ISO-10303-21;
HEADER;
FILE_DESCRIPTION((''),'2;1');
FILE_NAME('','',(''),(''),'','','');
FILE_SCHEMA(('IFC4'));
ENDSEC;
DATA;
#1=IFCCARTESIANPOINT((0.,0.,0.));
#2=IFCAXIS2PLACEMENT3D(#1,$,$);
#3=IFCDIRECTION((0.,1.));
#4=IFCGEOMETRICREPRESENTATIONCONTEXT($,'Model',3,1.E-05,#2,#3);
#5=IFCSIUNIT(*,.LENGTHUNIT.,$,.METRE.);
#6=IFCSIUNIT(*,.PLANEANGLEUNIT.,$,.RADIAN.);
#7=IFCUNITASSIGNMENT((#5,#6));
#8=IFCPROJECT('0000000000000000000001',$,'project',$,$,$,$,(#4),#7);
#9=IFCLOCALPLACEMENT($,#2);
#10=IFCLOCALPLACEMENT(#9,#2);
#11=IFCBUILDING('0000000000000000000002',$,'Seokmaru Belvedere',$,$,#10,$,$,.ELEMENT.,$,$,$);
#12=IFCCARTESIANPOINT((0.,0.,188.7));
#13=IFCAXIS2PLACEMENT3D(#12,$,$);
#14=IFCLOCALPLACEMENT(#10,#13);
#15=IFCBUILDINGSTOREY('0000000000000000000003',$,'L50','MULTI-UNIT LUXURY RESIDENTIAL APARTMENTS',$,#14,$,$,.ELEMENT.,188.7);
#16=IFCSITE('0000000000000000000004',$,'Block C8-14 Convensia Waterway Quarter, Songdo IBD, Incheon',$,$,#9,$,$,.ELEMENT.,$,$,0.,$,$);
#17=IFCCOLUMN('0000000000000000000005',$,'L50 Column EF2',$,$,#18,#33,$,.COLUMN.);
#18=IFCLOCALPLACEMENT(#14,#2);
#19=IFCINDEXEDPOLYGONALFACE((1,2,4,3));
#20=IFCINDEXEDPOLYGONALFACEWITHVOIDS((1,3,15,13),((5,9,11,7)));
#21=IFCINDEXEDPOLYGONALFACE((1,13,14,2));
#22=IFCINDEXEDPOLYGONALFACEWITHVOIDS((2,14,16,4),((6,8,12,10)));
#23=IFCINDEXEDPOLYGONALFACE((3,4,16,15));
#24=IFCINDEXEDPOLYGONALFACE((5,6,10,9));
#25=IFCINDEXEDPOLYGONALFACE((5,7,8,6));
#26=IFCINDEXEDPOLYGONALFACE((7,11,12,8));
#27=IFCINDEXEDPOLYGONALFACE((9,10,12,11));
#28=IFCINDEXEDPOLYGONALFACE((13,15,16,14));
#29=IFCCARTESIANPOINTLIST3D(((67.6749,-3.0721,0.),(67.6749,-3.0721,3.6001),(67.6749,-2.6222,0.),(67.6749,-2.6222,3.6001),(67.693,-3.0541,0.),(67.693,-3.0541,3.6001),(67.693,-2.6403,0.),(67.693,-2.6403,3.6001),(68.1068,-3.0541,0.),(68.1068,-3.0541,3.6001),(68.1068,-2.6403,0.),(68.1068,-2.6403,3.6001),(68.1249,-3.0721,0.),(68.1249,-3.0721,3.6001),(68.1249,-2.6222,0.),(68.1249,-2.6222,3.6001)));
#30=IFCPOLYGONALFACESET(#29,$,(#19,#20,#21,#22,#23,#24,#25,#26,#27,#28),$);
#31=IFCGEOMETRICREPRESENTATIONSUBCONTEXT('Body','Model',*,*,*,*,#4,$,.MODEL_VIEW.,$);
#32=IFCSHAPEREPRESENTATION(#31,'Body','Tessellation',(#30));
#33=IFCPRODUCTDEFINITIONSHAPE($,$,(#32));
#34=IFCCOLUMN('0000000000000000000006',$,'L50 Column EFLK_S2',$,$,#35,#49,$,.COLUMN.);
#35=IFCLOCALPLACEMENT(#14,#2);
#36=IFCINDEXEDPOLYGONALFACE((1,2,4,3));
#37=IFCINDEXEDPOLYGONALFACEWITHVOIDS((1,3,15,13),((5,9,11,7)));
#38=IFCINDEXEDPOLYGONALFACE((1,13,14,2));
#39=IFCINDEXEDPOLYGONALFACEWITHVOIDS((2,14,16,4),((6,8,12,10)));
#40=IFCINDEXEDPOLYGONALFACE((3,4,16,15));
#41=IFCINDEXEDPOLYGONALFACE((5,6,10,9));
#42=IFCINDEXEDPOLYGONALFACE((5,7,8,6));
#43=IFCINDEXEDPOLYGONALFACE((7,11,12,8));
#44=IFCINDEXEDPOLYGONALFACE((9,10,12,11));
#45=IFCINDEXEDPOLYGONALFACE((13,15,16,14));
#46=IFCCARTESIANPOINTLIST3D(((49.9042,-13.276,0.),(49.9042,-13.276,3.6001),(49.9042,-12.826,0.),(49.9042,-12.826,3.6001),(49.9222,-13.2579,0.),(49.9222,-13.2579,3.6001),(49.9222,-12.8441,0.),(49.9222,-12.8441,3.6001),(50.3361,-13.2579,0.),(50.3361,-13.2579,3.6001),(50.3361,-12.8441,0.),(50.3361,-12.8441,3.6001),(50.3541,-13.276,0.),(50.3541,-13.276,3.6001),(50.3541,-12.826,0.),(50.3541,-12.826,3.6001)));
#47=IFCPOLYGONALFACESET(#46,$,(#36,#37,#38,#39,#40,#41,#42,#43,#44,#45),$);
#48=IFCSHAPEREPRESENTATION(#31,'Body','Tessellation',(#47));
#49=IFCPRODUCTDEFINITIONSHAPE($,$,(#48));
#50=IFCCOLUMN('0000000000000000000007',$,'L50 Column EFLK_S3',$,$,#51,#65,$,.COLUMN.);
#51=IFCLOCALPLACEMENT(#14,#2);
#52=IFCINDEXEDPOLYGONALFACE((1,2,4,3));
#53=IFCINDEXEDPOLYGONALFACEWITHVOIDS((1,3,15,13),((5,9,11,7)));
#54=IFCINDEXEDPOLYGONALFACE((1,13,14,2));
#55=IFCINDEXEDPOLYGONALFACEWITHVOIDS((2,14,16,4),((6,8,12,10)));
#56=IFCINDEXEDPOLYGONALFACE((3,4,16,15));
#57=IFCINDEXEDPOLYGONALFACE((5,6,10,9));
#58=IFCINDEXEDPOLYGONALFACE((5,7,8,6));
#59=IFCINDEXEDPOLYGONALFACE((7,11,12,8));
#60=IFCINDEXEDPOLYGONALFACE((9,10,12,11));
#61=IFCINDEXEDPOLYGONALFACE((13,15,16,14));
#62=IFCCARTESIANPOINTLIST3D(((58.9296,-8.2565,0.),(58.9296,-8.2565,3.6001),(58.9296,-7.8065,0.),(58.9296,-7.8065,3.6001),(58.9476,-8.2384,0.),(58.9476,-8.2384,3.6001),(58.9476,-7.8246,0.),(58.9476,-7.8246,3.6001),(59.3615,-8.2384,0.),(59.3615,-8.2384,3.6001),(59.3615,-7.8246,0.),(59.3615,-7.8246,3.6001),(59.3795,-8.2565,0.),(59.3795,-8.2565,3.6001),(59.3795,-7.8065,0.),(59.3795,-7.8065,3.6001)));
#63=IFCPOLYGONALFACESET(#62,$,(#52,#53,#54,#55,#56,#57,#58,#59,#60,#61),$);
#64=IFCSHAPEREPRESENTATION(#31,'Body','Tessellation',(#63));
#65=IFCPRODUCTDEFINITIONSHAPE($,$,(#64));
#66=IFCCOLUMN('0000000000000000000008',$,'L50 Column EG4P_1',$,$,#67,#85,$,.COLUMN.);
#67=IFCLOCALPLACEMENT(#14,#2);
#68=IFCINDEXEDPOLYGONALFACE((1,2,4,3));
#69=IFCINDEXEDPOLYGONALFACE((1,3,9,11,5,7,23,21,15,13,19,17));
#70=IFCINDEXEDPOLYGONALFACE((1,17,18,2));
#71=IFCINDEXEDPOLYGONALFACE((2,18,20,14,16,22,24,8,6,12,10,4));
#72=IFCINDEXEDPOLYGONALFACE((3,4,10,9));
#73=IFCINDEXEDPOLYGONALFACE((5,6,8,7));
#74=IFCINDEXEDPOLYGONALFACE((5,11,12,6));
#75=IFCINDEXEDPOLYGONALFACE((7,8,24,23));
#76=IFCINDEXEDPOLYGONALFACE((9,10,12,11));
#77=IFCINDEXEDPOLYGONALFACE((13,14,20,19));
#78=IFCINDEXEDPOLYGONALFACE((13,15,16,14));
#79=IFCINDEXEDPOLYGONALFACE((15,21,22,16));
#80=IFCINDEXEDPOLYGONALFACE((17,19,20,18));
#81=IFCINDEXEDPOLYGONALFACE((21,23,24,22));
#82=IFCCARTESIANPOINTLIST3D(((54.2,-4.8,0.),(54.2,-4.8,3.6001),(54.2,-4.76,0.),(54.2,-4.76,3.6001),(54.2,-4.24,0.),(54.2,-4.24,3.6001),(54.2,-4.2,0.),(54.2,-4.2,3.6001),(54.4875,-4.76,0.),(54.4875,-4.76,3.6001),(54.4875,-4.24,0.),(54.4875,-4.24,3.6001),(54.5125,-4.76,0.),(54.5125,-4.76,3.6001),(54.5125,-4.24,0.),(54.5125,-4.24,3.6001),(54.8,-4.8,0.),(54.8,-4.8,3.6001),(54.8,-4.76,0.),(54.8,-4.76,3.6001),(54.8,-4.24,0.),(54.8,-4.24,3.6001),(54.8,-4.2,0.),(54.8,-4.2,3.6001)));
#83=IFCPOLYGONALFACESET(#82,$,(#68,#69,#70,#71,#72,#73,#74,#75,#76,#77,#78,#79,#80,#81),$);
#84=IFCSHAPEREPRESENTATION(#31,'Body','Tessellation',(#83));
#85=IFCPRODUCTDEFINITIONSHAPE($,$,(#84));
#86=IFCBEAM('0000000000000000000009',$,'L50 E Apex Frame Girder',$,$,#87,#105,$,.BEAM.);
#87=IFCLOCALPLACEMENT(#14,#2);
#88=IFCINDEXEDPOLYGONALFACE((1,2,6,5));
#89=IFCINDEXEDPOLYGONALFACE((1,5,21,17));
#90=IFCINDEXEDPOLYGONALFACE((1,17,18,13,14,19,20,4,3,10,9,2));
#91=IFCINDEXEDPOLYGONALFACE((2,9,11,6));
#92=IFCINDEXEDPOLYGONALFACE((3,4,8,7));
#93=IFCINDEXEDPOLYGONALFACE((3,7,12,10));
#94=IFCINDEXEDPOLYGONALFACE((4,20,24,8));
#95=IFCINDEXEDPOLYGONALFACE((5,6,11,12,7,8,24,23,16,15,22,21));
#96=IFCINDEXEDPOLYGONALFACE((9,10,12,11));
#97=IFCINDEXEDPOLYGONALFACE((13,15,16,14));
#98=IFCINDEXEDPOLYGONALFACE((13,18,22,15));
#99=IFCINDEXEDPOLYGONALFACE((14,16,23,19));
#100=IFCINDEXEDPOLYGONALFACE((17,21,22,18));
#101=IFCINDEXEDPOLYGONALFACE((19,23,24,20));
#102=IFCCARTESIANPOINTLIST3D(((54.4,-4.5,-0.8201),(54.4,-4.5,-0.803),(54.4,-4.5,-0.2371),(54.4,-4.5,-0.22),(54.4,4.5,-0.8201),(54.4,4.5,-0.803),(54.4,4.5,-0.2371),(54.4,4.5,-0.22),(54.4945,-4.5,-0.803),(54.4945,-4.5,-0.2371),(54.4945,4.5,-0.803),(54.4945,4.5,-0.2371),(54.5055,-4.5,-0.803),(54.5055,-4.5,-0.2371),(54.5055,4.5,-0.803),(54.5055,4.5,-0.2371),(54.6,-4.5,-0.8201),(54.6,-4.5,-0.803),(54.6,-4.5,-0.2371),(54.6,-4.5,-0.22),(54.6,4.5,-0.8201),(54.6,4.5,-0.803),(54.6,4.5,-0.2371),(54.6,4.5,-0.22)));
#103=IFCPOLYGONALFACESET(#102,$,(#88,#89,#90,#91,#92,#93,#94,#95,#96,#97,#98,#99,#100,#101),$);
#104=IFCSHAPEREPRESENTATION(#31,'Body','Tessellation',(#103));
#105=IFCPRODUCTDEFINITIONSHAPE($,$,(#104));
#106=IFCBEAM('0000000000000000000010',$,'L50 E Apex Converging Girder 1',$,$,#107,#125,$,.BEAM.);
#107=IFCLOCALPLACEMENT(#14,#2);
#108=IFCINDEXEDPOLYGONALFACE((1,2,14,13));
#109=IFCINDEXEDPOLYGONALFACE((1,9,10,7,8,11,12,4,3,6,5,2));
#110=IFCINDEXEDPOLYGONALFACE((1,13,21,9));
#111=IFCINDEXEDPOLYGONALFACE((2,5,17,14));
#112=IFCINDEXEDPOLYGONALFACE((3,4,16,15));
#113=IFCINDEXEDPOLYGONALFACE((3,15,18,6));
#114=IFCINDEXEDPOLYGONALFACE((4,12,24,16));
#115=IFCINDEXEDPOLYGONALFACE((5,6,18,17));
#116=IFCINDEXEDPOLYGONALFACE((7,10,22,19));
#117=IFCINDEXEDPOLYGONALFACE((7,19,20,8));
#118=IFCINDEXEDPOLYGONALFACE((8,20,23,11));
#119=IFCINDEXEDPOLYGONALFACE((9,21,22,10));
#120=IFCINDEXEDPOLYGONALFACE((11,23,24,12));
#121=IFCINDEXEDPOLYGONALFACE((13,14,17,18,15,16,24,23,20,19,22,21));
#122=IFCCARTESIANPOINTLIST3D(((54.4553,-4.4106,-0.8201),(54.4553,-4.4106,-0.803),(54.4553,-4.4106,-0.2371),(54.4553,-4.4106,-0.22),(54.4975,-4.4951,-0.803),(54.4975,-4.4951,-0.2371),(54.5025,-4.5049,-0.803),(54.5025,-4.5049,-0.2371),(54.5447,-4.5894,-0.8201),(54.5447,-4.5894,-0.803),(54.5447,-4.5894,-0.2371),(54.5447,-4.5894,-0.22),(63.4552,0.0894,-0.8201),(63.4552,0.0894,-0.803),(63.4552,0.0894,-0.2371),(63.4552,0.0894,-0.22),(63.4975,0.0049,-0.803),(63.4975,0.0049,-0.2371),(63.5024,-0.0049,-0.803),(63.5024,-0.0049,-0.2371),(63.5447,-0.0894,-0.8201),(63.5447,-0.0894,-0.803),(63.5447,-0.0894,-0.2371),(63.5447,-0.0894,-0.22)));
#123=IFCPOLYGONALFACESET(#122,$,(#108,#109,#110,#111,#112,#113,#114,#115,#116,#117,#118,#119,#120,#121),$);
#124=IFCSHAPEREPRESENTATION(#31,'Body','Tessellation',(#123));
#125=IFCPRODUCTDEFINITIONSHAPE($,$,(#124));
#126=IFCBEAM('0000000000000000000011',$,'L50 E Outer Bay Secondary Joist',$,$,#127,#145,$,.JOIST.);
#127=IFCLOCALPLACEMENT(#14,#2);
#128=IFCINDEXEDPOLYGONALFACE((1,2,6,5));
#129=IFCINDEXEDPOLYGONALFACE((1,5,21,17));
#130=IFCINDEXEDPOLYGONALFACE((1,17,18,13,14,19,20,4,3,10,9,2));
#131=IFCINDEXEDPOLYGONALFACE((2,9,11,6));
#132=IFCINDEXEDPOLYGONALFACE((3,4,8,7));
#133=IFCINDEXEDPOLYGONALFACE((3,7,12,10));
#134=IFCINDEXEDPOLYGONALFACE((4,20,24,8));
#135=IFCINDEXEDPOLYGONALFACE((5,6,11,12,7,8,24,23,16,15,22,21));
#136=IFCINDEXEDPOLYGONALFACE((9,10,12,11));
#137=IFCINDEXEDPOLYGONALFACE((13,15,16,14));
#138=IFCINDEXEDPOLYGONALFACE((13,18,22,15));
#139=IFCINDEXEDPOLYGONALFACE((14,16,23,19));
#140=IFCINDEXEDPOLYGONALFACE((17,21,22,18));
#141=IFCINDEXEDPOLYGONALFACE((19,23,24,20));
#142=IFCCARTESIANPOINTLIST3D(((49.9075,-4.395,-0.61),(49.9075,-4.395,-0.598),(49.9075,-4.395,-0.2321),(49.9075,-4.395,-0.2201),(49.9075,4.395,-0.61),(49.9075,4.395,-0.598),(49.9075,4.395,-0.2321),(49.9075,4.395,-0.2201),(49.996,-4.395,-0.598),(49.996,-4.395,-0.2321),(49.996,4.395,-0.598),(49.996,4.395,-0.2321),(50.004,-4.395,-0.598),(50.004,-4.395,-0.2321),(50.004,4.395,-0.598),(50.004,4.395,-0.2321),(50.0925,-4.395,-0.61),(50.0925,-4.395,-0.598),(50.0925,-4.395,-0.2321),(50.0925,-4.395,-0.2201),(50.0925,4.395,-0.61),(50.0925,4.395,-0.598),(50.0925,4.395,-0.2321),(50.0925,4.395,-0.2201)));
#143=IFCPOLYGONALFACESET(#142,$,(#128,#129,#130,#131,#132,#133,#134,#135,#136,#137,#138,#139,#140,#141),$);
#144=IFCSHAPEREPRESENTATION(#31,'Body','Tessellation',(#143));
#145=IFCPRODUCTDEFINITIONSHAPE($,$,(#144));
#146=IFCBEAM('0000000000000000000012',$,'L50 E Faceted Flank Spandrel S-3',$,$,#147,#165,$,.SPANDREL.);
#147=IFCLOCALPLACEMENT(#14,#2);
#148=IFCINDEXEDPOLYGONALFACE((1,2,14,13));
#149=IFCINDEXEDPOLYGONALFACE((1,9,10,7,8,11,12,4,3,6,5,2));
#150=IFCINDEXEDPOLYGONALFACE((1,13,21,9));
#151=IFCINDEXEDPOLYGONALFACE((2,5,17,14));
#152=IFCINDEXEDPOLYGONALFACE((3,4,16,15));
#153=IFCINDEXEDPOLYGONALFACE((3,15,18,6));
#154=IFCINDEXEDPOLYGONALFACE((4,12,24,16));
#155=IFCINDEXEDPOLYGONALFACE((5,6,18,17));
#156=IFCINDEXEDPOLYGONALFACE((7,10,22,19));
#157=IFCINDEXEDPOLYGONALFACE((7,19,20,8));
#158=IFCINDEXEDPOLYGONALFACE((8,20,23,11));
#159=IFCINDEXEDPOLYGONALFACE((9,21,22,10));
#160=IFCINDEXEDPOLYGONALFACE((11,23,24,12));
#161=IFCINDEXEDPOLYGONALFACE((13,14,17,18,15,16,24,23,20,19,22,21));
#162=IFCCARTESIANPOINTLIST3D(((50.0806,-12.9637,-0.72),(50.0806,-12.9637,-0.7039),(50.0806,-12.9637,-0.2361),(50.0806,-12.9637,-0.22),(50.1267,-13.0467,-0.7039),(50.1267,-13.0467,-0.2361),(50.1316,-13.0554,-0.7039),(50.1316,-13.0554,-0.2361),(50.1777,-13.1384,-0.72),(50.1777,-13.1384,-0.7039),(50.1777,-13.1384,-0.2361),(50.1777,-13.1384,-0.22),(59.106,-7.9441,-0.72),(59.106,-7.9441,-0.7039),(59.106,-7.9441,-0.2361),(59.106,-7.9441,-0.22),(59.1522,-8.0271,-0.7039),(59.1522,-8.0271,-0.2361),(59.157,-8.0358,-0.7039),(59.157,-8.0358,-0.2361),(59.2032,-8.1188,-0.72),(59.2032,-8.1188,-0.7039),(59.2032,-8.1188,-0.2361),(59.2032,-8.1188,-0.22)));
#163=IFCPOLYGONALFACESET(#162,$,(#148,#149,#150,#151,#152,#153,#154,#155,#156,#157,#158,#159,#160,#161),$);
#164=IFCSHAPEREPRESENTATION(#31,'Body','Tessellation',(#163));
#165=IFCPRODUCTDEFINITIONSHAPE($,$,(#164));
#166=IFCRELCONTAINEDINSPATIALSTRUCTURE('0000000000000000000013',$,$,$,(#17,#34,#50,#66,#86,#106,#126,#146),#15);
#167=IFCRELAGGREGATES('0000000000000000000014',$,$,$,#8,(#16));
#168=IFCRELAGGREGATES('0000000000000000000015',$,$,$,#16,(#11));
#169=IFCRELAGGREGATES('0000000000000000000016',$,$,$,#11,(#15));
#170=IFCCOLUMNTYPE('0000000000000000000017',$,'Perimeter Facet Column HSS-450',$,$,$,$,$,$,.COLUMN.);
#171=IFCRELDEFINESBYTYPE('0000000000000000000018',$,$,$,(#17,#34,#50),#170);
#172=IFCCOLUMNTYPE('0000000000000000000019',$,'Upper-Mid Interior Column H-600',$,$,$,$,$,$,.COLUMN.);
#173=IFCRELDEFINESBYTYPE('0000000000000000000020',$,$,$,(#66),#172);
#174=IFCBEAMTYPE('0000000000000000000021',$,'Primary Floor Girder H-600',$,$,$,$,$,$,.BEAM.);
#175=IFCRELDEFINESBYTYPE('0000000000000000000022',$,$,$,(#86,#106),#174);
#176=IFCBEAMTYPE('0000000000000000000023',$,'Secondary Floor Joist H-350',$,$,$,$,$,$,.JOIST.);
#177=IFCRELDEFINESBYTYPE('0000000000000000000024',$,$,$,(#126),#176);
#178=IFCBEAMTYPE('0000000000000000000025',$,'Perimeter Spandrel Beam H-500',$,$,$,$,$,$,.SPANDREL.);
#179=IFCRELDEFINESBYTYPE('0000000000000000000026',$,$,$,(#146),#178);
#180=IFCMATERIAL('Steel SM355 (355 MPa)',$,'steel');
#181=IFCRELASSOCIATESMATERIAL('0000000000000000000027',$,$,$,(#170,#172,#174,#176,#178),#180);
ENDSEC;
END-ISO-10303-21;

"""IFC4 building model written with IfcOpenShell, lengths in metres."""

from ifc_helpers import new_model, si_unit, direction, frame, origin, origin_2d, place, context, subcontext, project, spatial, hollow_rectangle, i_section, extrude, source, transform, mapped, material, material_profile, profile_set, type_object, type_shapes, element, save


model = new_model("IFC4")

# Units and contexts
model_context = context("Model", 3, precision=1e-05, world=origin(), true_north=direction((0.0, 1.0)))
body_context = subcontext(model_context, "Body", "Model", "MODEL_VIEW")
ifc_project = project(units=[si_unit("LENGTHUNIT", "METRE"), si_unit("PLANEANGLEUNIT", "RADIAN")], contexts=[model_context])

# Site, building, storey
site_placement = place(None, origin())
site = spatial("IfcSite", under=ifc_project, at=site_placement, Name="Block C8-14 Convensia Waterway Quarter, Songdo IBD, Incheon", CompositionType="ELEMENT", RefElevation=0.0)
building_placement = place(site_placement, origin())
building = spatial("IfcBuilding", under=site, at=building_placement, Name="Seokmaru Belvedere", CompositionType="ELEMENT")
storey_placement = place(building_placement, frame((0.0, 0.0, 188.7)))
storey = spatial("IfcBuildingStorey", under=building, at=storey_placement, Name="L50", Description="MULTI-UNIT LUXURY RESIDENTIAL APARTMENTS", CompositionType="ELEMENT", Elevation=188.7)

# Columns
ifc_material_1 = material(Name="Steel SM355 (355 MPa)", Category="steel")
ifc_material_profile_1 = material_profile(ifc_material_1, hollow_rectangle(XDim=0.45, YDim=0.45, WallThickness=0.0181, at=origin_2d()), Name="HSS-450x450x18")
ifc_profile_set_1 = profile_set([ifc_material_profile_1], Name="Steel SM355 (355 MPa)")
column_type_1 = type_object("IfcColumnType", Name="Perimeter Facet Column HSS-450", PredefinedType="COLUMN", material=ifc_profile_set_1)
shared_shape_1 = source(origin(), body_context, "Body", "SweptSolid", [
    extrude(hollow_rectangle(XDim=0.45, YDim=0.45, WallThickness=0.0181, at=origin_2d()), origin(), (0.0, 0.0, 1.0), 3.6001),
])
type_shapes(column_type_1, [shared_shape_1])
for number, where, z_axis, x_axis, name in (
    (1, (67.8999, -2.8472, 0.0), (0.0, 0.0, 1.0), (1.0, 0.0, 0.0), "L50 Column EF2"),
    (2, (50.1292, -13.051, 0.0), (0.0, 0.0, 1.0), (1.0, 0.0, 0.0), "L50 Column EFLK_S2"),
    (3, (59.1545, -8.0315, 0.0), (0.0, 0.0, 1.0), (1.0, 0.0, 0.0), "L50 Column EFLK_S3"),
):
    element("IfcColumn", number, at=place(storey_placement, frame(where, z_axis=z_axis, x_axis=x_axis)), inside=storey, type_object=column_type_1, Name=name, PredefinedType="COLUMN", context=body_context, shape_type="MappedRepresentation", body=[
        mapped(shared_shape_1, transform((0.0, 0.0, 0.0), scale=1.0)),
    ])
ifc_material_profile_2 = material_profile(ifc_material_1, i_section(OverallWidth=0.6001, OverallDepth=0.6001, WebThickness=0.0249, FlangeThickness=0.04, at=origin_2d()), Name="H-600x600x25x40")
ifc_profile_set_2 = profile_set([ifc_material_profile_2], Name="Steel SM355 (355 MPa)")
column_type_2 = type_object("IfcColumnType", Name="Upper-Mid Interior Column H-600", PredefinedType="COLUMN", material=ifc_profile_set_2)
shared_shape_2 = source(origin(), body_context, "Body", "SweptSolid", [
    extrude(i_section(OverallWidth=0.6001, OverallDepth=0.6001, WebThickness=0.0249, FlangeThickness=0.04, at=origin_2d()), origin(), (0.0, 0.0, 1.0), 3.6001),
])
type_shapes(column_type_2, [shared_shape_2])
column_placement = place(storey_placement, frame((54.5, -4.5, 0.0), z_axis=(0.0, 0.0, 1.0), x_axis=(1.0, 0.0, 0.0)))
element("IfcColumn", 4, at=column_placement, inside=storey, type_object=column_type_2, Name="L50 Column EG4P_1", PredefinedType="COLUMN", context=body_context, shape_type="MappedRepresentation", body=[
    mapped(shared_shape_2, transform((0.0, 0.0, 0.0), scale=1.0)),
])

# Beams
ifc_material_profile_3 = material_profile(ifc_material_1, i_section(OverallWidth=0.2, OverallDepth=0.6001, WebThickness=0.011, FlangeThickness=0.0171, at=origin_2d()), Name="H-600x200x11x17")
ifc_profile_set_3 = profile_set([ifc_material_profile_3], Name="Steel SM355 (355 MPa)")
beam_type_1 = type_object("IfcBeamType", Name="Primary Floor Girder H-600", PredefinedType="BEAM", material=ifc_profile_set_3)
shared_shape_3 = source(origin(), body_context, "Body", "SweptSolid", [
    extrude(i_section(OverallWidth=0.2, OverallDepth=0.6001, WebThickness=0.011, FlangeThickness=0.0171, at=origin_2d()), origin(), (0.0, 0.0, 1.0), 9.0),
])
beam_1_placement = place(storey_placement, frame((54.5, -4.5, -0.52), z_axis=(0.0, 1.0, 0.0), x_axis=(-1.0, 0.0, 0.0)))
element("IfcBeam", 5, at=beam_1_placement, inside=storey, type_object=beam_type_1, Name="L50 E Apex Frame Girder", PredefinedType="BEAM", context=body_context, shape_type="MappedRepresentation", body=[
    mapped(shared_shape_3, transform((0.0, 0.0, 0.0), scale=1.0)),
])
shared_shape_4 = source(origin(), body_context, "Body", "SweptSolid", [
    extrude(i_section(OverallWidth=0.2, OverallDepth=0.6001, WebThickness=0.011, FlangeThickness=0.0171, at=origin_2d()), origin(), (0.0, 0.0, 1.0), 10.0623),
])
beam_2_placement = place(storey_placement, frame((54.5, -4.5, -0.52), z_axis=(0.894427, 0.447214, 0.0), x_axis=(-0.447214, 0.894427, 0.0)))
element("IfcBeam", 6, at=beam_2_placement, inside=storey, type_object=beam_type_1, Name="L50 E Apex Converging Girder 1", PredefinedType="BEAM", context=body_context, shape_type="MappedRepresentation", body=[
    mapped(shared_shape_4, transform((0.0, 0.0, 0.0), scale=1.0)),
])
ifc_material_profile_4 = material_profile(ifc_material_1, i_section(OverallWidth=0.1851, OverallDepth=0.3899, WebThickness=0.0081, FlangeThickness=0.012, at=origin_2d()), Name="H-390x185x8x12")
ifc_profile_set_4 = profile_set([ifc_material_profile_4], Name="Steel SM355 (355 MPa)")
beam_type_2 = type_object("IfcBeamType", Name="Secondary Floor Joist H-350", PredefinedType="JOIST", material=ifc_profile_set_4)
shared_shape_5 = source(origin(), body_context, "Body", "SweptSolid", [
    extrude(i_section(OverallWidth=0.1851, OverallDepth=0.3899, WebThickness=0.0081, FlangeThickness=0.012, at=origin_2d()), origin(), (0.0, 0.0, 1.0), 8.79),
])
type_shapes(beam_type_2, [shared_shape_5])
beam_3_placement = place(storey_placement, frame((50.0, -4.395, -0.415), z_axis=(0.0, 1.0, 0.0), x_axis=(-1.0, 0.0, 0.0)))
element("IfcBeam", 7, at=beam_3_placement, inside=storey, type_object=beam_type_2, Name="L50 E Outer Bay Secondary Joist", PredefinedType="JOIST", context=body_context, shape_type="MappedRepresentation", body=[
    mapped(shared_shape_5, transform((0.0, 0.0, 0.0), scale=1.0)),
])
ifc_material_profile_5 = material_profile(ifc_material_1, i_section(OverallWidth=0.2, OverallDepth=0.5, WebThickness=0.01, FlangeThickness=0.0161, at=origin_2d()), Name="H-500x200x10x16")
ifc_profile_set_5 = profile_set([ifc_material_profile_5], Name="Steel SM355 (355 MPa)")
beam_type_3 = type_object("IfcBeamType", Name="Perimeter Spandrel Beam H-500", PredefinedType="SPANDREL", material=ifc_profile_set_5)
shared_shape_6 = source(origin(), body_context, "Body", "SweptSolid", [
    extrude(i_section(OverallWidth=0.2, OverallDepth=0.5, WebThickness=0.01, FlangeThickness=0.0161, at=origin_2d()), origin(), (0.0, 0.0, 1.0), 10.3274),
])
beam_4_placement = place(storey_placement, frame((50.1292, -13.051, -0.47), z_axis=(0.873934, 0.486044, 0.0), x_axis=(-0.486044, 0.873934, 0.0)))
element("IfcBeam", 8, at=beam_4_placement, inside=storey, type_object=beam_type_3, Name="L50 E Faceted Flank Spandrel S-3", PredefinedType="SPANDREL", context=body_context, shape_type="MappedRepresentation", body=[
    mapped(shared_shape_6, transform((0.0, 0.0, 0.0), scale=1.0)),
])

save(model, "model.ifc")
